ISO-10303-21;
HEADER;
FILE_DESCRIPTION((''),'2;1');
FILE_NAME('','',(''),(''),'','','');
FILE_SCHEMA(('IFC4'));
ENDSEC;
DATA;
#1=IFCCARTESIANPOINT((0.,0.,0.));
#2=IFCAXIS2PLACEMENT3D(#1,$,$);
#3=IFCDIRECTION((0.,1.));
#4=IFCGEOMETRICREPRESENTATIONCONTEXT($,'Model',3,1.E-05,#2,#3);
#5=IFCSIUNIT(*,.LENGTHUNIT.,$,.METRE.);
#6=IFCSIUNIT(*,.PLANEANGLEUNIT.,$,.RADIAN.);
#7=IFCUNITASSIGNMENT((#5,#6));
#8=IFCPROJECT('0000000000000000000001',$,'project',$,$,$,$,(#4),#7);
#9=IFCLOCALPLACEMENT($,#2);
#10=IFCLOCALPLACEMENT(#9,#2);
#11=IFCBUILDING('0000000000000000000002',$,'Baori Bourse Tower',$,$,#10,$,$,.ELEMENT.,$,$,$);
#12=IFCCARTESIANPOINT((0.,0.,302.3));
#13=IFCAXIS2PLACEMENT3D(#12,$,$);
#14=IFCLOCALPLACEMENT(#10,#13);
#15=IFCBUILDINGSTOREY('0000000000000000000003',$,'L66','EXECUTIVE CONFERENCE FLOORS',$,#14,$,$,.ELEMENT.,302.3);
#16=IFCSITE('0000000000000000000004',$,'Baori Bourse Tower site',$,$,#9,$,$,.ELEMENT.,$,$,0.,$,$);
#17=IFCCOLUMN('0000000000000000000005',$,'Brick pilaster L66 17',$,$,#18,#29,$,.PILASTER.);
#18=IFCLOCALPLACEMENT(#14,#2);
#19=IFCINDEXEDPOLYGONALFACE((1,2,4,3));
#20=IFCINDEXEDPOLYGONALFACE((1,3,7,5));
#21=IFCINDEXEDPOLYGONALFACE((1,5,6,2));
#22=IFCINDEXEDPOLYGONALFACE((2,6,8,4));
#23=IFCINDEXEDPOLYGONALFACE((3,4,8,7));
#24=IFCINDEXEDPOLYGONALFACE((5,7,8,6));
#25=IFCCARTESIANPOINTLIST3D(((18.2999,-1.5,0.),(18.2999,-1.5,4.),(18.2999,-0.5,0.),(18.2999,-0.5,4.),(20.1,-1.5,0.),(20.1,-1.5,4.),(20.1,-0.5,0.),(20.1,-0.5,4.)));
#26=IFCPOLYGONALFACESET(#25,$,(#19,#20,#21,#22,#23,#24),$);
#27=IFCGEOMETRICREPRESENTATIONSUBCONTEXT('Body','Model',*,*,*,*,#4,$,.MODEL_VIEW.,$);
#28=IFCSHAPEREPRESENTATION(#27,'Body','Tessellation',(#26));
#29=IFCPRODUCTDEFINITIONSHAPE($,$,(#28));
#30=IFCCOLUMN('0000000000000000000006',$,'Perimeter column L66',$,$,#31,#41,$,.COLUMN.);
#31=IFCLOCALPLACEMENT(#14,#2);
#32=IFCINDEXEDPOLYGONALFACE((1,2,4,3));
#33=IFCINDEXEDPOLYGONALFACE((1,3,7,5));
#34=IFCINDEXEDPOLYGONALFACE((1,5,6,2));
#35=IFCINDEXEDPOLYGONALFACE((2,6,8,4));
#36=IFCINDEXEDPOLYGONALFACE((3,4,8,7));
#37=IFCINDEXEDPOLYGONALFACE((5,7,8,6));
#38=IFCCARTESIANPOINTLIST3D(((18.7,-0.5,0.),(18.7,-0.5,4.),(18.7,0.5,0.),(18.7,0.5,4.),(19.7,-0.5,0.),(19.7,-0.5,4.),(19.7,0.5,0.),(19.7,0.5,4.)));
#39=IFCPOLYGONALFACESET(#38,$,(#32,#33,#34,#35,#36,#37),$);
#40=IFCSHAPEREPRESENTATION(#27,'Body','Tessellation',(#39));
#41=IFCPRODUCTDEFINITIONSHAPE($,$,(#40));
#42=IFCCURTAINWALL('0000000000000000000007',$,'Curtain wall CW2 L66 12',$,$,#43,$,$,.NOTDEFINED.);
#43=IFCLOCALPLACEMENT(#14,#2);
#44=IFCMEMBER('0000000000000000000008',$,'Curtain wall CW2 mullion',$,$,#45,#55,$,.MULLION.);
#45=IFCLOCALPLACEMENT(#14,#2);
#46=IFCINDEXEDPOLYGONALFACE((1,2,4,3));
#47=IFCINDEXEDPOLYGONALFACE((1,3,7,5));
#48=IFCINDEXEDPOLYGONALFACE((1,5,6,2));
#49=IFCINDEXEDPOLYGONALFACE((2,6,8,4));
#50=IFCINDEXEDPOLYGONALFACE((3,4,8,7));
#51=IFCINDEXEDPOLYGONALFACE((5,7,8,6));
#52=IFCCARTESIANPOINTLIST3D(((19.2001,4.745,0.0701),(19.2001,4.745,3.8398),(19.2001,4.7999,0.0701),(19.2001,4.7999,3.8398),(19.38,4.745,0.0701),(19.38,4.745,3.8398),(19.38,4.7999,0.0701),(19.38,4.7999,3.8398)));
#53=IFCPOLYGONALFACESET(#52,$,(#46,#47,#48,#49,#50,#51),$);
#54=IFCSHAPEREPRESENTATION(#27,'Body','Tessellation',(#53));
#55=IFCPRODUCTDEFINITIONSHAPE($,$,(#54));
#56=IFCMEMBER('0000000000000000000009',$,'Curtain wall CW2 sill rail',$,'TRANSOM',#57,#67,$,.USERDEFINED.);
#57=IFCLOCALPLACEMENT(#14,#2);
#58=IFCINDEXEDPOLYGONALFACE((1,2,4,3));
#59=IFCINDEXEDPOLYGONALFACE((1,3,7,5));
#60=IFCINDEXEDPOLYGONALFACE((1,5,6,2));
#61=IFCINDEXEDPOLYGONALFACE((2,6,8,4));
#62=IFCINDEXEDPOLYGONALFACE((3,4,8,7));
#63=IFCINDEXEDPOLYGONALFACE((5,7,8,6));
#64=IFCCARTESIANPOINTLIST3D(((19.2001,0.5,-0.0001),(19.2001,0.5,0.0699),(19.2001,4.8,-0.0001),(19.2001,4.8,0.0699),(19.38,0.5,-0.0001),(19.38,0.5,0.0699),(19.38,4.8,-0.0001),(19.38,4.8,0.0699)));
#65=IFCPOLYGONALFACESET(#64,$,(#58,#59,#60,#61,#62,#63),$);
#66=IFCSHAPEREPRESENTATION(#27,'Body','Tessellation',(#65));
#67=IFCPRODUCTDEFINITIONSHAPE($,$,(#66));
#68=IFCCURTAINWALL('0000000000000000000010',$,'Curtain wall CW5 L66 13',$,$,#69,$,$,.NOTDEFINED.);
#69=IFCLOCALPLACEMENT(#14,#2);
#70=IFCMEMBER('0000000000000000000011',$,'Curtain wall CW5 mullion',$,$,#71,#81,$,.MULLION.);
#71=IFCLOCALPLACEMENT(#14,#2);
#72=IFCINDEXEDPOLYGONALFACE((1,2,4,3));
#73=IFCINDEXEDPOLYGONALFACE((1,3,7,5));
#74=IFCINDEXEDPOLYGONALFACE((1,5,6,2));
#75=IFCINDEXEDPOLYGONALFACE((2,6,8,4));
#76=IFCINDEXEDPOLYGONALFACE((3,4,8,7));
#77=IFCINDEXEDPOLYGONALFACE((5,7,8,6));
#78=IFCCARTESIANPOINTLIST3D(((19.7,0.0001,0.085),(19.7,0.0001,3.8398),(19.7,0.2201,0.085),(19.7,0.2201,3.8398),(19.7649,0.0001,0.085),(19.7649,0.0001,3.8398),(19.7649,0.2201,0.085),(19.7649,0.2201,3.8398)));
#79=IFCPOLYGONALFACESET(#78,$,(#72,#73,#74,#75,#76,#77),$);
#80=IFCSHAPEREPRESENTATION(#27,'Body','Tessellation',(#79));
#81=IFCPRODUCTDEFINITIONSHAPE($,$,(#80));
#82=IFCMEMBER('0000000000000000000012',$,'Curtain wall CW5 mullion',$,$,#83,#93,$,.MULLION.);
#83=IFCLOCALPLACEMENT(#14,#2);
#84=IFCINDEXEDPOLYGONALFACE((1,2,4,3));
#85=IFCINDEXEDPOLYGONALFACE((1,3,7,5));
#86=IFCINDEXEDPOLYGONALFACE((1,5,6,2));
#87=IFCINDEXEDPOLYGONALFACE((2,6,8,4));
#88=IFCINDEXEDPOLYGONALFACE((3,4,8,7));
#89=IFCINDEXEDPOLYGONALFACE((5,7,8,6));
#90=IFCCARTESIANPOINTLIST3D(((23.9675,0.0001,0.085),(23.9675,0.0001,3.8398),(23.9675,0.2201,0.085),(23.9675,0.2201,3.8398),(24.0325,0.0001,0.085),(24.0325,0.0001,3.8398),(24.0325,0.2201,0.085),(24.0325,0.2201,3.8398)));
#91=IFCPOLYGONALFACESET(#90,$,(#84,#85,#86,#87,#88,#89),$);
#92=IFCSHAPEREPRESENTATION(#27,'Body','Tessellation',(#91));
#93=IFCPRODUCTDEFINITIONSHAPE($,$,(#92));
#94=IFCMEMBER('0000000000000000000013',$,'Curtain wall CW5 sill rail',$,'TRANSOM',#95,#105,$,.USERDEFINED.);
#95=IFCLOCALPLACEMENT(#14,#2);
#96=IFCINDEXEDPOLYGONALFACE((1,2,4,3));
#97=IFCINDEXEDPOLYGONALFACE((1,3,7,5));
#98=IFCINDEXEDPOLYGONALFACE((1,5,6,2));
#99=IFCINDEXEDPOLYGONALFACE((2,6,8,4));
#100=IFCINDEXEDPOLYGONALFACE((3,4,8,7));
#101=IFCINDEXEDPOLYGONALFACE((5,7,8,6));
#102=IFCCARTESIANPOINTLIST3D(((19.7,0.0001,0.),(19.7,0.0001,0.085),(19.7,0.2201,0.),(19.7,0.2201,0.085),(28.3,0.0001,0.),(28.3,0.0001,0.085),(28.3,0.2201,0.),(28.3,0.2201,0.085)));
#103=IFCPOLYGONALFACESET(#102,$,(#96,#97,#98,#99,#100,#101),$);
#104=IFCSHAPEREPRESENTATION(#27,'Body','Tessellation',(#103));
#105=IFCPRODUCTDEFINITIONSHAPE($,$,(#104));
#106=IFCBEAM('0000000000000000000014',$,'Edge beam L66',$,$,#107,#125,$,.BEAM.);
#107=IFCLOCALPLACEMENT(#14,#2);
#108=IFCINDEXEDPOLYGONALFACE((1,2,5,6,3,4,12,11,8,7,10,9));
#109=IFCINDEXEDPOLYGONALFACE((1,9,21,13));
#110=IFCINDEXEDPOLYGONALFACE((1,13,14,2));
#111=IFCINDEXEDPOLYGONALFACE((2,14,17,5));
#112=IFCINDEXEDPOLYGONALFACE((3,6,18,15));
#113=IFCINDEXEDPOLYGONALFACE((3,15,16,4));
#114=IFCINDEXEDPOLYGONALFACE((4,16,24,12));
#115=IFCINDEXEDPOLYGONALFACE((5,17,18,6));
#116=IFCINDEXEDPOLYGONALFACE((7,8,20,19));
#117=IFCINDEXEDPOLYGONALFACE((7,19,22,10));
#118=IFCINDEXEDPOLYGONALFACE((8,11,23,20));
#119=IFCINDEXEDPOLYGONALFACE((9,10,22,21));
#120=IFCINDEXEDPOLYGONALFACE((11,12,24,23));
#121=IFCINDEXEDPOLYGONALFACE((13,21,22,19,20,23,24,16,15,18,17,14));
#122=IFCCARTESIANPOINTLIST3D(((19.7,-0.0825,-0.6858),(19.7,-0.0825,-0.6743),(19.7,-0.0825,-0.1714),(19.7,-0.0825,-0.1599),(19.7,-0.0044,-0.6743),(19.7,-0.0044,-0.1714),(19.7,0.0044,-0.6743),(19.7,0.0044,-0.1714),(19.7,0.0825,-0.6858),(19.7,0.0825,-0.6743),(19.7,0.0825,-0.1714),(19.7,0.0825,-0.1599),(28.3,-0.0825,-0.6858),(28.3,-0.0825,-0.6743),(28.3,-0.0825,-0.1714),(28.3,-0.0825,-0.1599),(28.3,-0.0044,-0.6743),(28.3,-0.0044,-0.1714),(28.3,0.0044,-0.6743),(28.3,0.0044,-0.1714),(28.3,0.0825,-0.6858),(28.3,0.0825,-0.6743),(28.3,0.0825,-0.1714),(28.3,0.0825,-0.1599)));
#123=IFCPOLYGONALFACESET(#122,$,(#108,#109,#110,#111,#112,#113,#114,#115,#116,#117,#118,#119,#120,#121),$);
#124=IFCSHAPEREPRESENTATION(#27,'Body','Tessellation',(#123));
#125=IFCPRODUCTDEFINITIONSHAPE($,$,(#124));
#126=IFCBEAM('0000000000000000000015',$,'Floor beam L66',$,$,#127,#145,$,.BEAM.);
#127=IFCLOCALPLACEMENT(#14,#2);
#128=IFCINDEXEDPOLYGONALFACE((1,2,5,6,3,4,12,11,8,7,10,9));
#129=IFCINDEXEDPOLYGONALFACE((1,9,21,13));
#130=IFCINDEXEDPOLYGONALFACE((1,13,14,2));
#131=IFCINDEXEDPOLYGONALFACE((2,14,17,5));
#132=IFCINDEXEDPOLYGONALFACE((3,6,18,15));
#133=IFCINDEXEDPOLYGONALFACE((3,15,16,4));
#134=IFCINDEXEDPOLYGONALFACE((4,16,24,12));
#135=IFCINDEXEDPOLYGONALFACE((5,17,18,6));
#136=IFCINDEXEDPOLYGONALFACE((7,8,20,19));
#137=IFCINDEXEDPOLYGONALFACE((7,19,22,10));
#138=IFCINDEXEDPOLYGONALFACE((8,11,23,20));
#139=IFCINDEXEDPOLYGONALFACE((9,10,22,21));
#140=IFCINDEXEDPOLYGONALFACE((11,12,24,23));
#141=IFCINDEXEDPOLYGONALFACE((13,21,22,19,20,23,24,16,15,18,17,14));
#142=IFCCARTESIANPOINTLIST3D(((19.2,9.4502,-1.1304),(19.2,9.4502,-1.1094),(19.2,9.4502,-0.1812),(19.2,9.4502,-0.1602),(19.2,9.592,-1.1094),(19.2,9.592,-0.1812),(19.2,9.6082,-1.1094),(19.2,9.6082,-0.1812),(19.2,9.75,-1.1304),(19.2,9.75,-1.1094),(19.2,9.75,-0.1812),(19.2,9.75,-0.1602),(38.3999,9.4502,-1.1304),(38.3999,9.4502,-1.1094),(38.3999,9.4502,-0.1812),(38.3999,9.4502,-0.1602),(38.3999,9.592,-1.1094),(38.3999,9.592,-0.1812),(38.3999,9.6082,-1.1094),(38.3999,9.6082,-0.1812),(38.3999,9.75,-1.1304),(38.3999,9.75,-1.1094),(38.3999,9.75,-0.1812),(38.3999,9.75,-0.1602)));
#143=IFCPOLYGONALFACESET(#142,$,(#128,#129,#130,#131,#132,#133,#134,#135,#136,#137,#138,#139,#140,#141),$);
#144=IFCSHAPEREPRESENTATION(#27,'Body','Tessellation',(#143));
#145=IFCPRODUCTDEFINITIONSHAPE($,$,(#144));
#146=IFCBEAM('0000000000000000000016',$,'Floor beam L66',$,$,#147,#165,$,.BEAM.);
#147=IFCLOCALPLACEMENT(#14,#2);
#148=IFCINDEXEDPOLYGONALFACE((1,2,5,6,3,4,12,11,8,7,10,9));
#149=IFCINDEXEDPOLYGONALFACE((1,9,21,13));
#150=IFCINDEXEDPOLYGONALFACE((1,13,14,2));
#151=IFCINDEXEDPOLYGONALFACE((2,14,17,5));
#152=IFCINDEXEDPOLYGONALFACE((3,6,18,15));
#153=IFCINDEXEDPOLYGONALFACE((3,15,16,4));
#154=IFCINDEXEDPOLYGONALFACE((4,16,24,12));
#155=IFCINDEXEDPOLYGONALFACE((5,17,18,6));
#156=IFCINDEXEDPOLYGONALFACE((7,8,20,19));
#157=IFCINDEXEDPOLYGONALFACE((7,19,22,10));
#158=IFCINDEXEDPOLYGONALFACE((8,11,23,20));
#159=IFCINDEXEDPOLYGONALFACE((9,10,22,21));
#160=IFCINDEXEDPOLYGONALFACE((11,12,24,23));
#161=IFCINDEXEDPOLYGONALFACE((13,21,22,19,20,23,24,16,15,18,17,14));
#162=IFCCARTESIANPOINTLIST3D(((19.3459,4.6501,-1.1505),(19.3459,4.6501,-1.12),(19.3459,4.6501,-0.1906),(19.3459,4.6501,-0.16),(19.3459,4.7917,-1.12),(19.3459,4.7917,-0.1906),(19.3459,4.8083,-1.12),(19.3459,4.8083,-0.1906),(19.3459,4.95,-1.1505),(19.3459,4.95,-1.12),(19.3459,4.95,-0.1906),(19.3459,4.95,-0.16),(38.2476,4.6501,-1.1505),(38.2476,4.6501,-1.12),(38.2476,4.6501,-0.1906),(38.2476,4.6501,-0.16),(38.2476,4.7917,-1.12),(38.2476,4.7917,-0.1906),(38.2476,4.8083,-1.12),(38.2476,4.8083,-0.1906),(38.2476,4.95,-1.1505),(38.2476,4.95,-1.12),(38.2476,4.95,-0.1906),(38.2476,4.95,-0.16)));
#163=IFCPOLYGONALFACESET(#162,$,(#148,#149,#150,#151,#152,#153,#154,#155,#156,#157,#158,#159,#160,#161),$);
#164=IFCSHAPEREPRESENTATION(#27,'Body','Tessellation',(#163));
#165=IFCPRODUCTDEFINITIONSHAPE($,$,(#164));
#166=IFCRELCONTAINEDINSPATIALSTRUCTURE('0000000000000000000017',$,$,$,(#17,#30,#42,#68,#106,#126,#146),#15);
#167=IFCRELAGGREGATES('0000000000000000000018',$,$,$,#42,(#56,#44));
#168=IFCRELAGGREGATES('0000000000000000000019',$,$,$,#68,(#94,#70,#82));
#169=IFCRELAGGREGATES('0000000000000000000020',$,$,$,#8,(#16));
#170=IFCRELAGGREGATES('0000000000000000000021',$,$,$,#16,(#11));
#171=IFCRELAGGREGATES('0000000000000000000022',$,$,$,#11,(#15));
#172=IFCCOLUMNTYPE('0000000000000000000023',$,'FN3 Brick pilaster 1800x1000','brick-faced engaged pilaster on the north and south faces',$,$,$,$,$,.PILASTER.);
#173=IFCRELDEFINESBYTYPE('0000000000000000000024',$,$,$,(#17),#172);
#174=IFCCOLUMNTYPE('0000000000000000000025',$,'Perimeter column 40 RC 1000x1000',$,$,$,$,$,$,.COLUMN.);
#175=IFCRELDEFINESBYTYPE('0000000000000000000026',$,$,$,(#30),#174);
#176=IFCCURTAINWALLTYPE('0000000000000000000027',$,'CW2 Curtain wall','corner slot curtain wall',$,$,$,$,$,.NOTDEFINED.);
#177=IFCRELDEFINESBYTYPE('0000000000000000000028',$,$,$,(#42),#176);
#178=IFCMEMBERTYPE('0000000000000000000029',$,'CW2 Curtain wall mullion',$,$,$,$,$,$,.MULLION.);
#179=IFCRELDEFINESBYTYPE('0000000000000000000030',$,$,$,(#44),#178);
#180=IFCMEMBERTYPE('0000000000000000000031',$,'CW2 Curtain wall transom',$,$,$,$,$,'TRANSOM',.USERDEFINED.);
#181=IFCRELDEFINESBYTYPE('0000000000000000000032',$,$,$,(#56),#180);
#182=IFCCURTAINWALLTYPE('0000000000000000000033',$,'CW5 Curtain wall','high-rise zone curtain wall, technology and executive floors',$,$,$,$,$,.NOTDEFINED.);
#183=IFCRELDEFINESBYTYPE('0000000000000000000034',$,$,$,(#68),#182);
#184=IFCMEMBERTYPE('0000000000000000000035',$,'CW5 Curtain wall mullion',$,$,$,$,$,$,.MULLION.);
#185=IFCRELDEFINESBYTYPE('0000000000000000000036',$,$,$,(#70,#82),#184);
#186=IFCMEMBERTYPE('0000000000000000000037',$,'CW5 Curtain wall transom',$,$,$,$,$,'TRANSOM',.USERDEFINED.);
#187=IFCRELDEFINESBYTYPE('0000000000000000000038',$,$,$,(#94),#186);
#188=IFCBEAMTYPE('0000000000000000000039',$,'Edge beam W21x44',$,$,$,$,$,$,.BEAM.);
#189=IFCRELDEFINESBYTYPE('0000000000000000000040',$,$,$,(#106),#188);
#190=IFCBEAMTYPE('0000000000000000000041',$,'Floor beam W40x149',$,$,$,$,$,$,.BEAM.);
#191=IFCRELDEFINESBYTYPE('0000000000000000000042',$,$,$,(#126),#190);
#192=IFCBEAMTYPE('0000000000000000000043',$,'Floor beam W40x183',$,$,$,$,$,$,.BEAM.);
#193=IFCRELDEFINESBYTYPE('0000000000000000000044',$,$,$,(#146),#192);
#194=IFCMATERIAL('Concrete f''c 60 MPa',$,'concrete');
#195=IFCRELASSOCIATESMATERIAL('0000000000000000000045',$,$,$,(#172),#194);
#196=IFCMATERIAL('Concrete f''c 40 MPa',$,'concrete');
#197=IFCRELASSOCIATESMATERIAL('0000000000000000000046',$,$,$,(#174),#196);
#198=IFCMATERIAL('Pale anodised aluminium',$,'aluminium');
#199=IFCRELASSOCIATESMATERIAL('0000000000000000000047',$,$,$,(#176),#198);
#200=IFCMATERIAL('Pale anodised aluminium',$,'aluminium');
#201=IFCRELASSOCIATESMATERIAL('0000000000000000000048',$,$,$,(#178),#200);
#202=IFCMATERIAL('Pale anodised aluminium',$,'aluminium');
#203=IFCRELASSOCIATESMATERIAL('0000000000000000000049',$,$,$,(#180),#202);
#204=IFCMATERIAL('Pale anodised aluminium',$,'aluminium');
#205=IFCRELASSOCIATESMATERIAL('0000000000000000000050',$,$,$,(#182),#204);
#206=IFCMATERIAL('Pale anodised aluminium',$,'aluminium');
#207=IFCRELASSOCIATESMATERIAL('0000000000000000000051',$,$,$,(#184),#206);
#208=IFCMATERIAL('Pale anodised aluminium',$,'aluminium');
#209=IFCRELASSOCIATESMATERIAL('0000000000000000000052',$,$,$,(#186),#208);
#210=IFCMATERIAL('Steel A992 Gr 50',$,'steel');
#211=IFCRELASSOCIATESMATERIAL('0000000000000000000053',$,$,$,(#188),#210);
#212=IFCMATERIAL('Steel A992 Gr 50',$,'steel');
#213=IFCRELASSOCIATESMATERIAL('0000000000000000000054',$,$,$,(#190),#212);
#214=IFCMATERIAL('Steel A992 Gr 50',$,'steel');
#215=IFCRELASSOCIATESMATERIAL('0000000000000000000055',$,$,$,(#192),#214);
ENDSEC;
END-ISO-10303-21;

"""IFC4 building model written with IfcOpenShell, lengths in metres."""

from ifc_helpers import new_model, si_unit, direction, frame, origin, origin_2d, place, context, subcontext, project, spatial, rectangle, i_section, extrude, material, material_profile, profile_set, type_object, element, aggregate, save


model = new_model("IFC4")

# Units and contexts
model_context = context("Model", 3, precision=1e-05, world=origin(), true_north=direction((0.0, 1.0)))
body_context = subcontext(model_context, "Body", "Model", "MODEL_VIEW")
ifc_project = project(units=[si_unit("LENGTHUNIT", "METRE"), si_unit("PLANEANGLEUNIT", "RADIAN")], contexts=[model_context])

# Site, building, storey
site_placement = place(None, origin())
site = spatial("IfcSite", under=ifc_project, at=site_placement, Name="Baori Bourse Tower site", CompositionType="ELEMENT", RefElevation=0.0)
building_placement = place(site_placement, origin())
building = spatial("IfcBuilding", under=site, at=building_placement, Name="Baori Bourse Tower", CompositionType="ELEMENT")
storey_placement = place(building_placement, frame((0.0, 0.0, 302.3)))
storey = spatial("IfcBuildingStorey", under=building, at=storey_placement, Name="L66", Description="EXECUTIVE CONFERENCE FLOORS", CompositionType="ELEMENT", Elevation=302.3)

# Columns
ifc_material_1 = material(Name="Concrete f'c 60 MPa", Category="concrete")
ifc_material_profile_1 = material_profile(ifc_material_1, rectangle(XDim=1.8, YDim=1.0, at=origin_2d()), Name="RC 1800x1000")
ifc_profile_set_1 = profile_set([ifc_material_profile_1], Name="Concrete f'c 60 MPa")
column_type_1 = type_object("IfcColumnType", Name="FN3 Brick pilaster 1800x1000", Description="brick-faced engaged pilaster on the north and south faces", PredefinedType="PILASTER", material=ifc_profile_set_1)
column_1_placement = place(storey_placement, frame((19.2, -1.0, 0.0), z_axis=(0.0, 0.0, 1.0), x_axis=(1.0, 0.0, 0.0)))
element("IfcColumn", 1, at=column_1_placement, inside=storey, type_object=column_type_1, Name="Brick pilaster L66 17", PredefinedType="PILASTER", context=body_context, shape_type="SweptSolid", body=[
    extrude(rectangle(XDim=1.8, YDim=1.0, at=origin_2d()), origin(), (0.0, 0.0, 1.0), 4.0),
])
ifc_material_2 = material(Name="Concrete f'c 40 MPa", Category="concrete")
ifc_material_profile_2 = material_profile(ifc_material_2, rectangle(XDim=1.0, YDim=1.0, at=origin_2d()), Name="RC 1000x1000")
ifc_profile_set_2 = profile_set([ifc_material_profile_2], Name="Concrete f'c 40 MPa")
column_type_2 = type_object("IfcColumnType", Name="Perimeter column 40 RC 1000x1000", PredefinedType="COLUMN", material=ifc_profile_set_2)
column_2_placement = place(storey_placement, frame((19.2, 0.0, 0.0), z_axis=(0.0, 0.0, 1.0), x_axis=(1.0, 0.0, 0.0)))
element("IfcColumn", 2, at=column_2_placement, inside=storey, type_object=column_type_2, Name="Perimeter column L66", PredefinedType="COLUMN", context=body_context, shape_type="SweptSolid", body=[
    extrude(rectangle(XDim=1.0, YDim=1.0, at=origin_2d()), origin(), (0.0, 0.0, 1.0), 4.0),
])

# Curtain walls, members
ifc_material_3 = material(Name="Pale anodised aluminium", Category="aluminium")
curtain_wall_type_1 = type_object("IfcCurtainWallType", Name="CW2 Curtain wall", Description="corner slot curtain wall", PredefinedType="NOTDEFINED", material=ifc_material_3)
curtain_wall_1_placement = place(storey_placement, origin())
curtain_wall_1 = element("IfcCurtainWall", 3, at=curtain_wall_1_placement, inside=storey, type_object=curtain_wall_type_1, Name="Curtain wall CW2 L66 12", PredefinedType="NOTDEFINED")
ifc_material_4 = material(Name="Pale anodised aluminium", Category="aluminium")
ifc_material_profile_3 = material_profile(ifc_material_4, rectangle(XDim=0.1799, YDim=0.0549, at=origin_2d()), Name="Mullion 55x180")
ifc_profile_set_3 = profile_set([ifc_material_profile_3], Name="Pale anodised aluminium")
member_type_1 = type_object("IfcMemberType", Name="CW2 Curtain wall mullion", PredefinedType="MULLION", material=ifc_profile_set_3)
member_1_placement = place(storey_placement, frame((19.29, 4.7725, 0.0701), z_axis=(0.0, 0.0, 1.0), x_axis=(1.0, 0.0, 0.0)))
member_1 = element("IfcMember", 4, at=member_1_placement, type_object=member_type_1, Name="Curtain wall CW2 mullion", PredefinedType="MULLION", context=body_context, shape_type="SweptSolid", body=[
    extrude(rectangle(XDim=0.1799, YDim=0.0549, at=origin_2d()), origin(), (0.0, 0.0, 1.0), 3.7698),
])
ifc_material_5 = material(Name="Pale anodised aluminium", Category="aluminium")
ifc_material_profile_4 = material_profile(ifc_material_5, rectangle(XDim=0.1799, YDim=0.0701, at=origin_2d()), Name="Transom 70x180")
ifc_profile_set_4 = profile_set([ifc_material_profile_4], Name="Pale anodised aluminium")
member_type_2 = type_object("IfcMemberType", Name="CW2 Curtain wall transom", ElementType="TRANSOM", PredefinedType="USERDEFINED", material=ifc_profile_set_4)
member_2_placement = place(storey_placement, frame((19.29, 4.8, 0.0349), z_axis=(0.0, -1.0, 0.0), x_axis=(1.0, 0.0, 0.0)))
member_2 = element("IfcMember", 5, at=member_2_placement, type_object=member_type_2, Name="Curtain wall CW2 sill rail", ObjectType="TRANSOM", PredefinedType="USERDEFINED", context=body_context, shape_type="SweptSolid", body=[
    extrude(rectangle(XDim=0.1799, YDim=0.0701, at=origin_2d()), origin(), (0.0, 0.0, 1.0), 4.3),
])
ifc_material_6 = material(Name="Pale anodised aluminium", Category="aluminium")
curtain_wall_type_2 = type_object("IfcCurtainWallType", Name="CW5 Curtain wall", Description="high-rise zone curtain wall, technology and executive floors", PredefinedType="NOTDEFINED", material=ifc_material_6)
curtain_wall_2_placement = place(storey_placement, origin())
curtain_wall_2 = element("IfcCurtainWall", 6, at=curtain_wall_2_placement, inside=storey, type_object=curtain_wall_type_2, Name="Curtain wall CW5 L66 13", PredefinedType="NOTDEFINED")
ifc_material_7 = material(Name="Pale anodised aluminium", Category="aluminium")
ifc_material_profile_5 = material_profile(ifc_material_7, rectangle(XDim=0.22, YDim=0.0649, at=origin_2d()), Name="Mullion 65x220")
ifc_profile_set_5 = profile_set([ifc_material_profile_5], Name="Pale anodised aluminium")
member_type_3 = type_object("IfcMemberType", Name="CW5 Curtain wall mullion", PredefinedType="MULLION", material=ifc_profile_set_5)
member_3_placement = place(storey_placement, frame((19.7324, 0.1101, 0.085), z_axis=(0.0, 0.0, 1.0), x_axis=(0.0, 1.0, 0.0)))
member_3 = element("IfcMember", 7, at=member_3_placement, type_object=member_type_3, Name="Curtain wall CW5 mullion", PredefinedType="MULLION", context=body_context, shape_type="SweptSolid", body=[
    extrude(rectangle(XDim=0.22, YDim=0.0649, at=origin_2d()), origin(), (0.0, 0.0, 1.0), 3.7549),
])
member_4_placement = place(storey_placement, frame((24.0, 0.1101, 0.085), z_axis=(0.0, 0.0, 1.0), x_axis=(0.0, 1.0, 0.0)))
member_4 = element("IfcMember", 8, at=member_4_placement, type_object=member_type_3, Name="Curtain wall CW5 mullion", PredefinedType="MULLION", context=body_context, shape_type="SweptSolid", body=[
    extrude(rectangle(XDim=0.22, YDim=0.0649, at=origin_2d()), origin(), (0.0, 0.0, 1.0), 3.7549),
])
ifc_material_8 = material(Name="Pale anodised aluminium", Category="aluminium")
ifc_material_profile_6 = material_profile(ifc_material_8, rectangle(XDim=0.22, YDim=0.085, at=origin_2d()), Name="Transom 85x220")
ifc_profile_set_6 = profile_set([ifc_material_profile_6], Name="Pale anodised aluminium")
member_type_4 = type_object("IfcMemberType", Name="CW5 Curtain wall transom", ElementType="TRANSOM", PredefinedType="USERDEFINED", material=ifc_profile_set_6)
member_5_placement = place(storey_placement, frame((19.7, 0.1101, 0.0425), z_axis=(1.0, 0.0, 0.0), x_axis=(0.0, 1.0, 0.0)))
member_5 = element("IfcMember", 9, at=member_5_placement, type_object=member_type_4, Name="Curtain wall CW5 sill rail", ObjectType="TRANSOM", PredefinedType="USERDEFINED", context=body_context, shape_type="SweptSolid", body=[
    extrude(rectangle(XDim=0.22, YDim=0.085, at=origin_2d()), origin(), (0.0, 0.0, 1.0), 8.6001),
])

# Beams
ifc_material_9 = material(Name="Steel A992 Gr 50", Category="steel")
ifc_material_profile_7 = material_profile(ifc_material_9, i_section(OverallWidth=0.165, OverallDepth=0.5259, WebThickness=0.0088, FlangeThickness=0.0115, at=origin_2d()), Name="W21x44")
ifc_profile_set_7 = profile_set([ifc_material_profile_7], Name="Steel A992 Gr 50")
beam_type_1 = type_object("IfcBeamType", Name="Edge beam W21x44", PredefinedType="BEAM", material=ifc_profile_set_7)
beam_1_placement = place(storey_placement, frame((19.7, 0.0, -0.4229), z_axis=(1.0, 0.0, 0.0), x_axis=(0.0, 1.0, 0.0)))
element("IfcBeam", 10, at=beam_1_placement, inside=storey, type_object=beam_type_1, Name="Edge beam L66", PredefinedType="BEAM", context=body_context, shape_type="SweptSolid", body=[
    extrude(i_section(OverallWidth=0.165, OverallDepth=0.5259, WebThickness=0.0088, FlangeThickness=0.0115, at=origin_2d()), origin(), (0.0, 0.0, 1.0), 8.6001),
])
ifc_material_10 = material(Name="Steel A992 Gr 50", Category="steel")
ifc_material_profile_8 = material_profile(ifc_material_10, i_section(OverallWidth=0.2998, OverallDepth=0.9702, WebThickness=0.0161, FlangeThickness=0.021, at=origin_2d()), Name="W40x149")
ifc_profile_set_8 = profile_set([ifc_material_profile_8], Name="Steel A992 Gr 50")
beam_type_2 = type_object("IfcBeamType", Name="Floor beam W40x149", PredefinedType="BEAM", material=ifc_profile_set_8)
beam_2_placement = place(storey_placement, frame((19.2, 9.6001, -0.6453), z_axis=(1.0, 0.0, 0.0), x_axis=(0.0, 1.0, 0.0)))
element("IfcBeam", 11, at=beam_2_placement, inside=storey, type_object=beam_type_2, Name="Floor beam L66", PredefinedType="BEAM", context=body_context, shape_type="SweptSolid", body=[
    extrude(i_section(OverallWidth=0.2998, OverallDepth=0.9702, WebThickness=0.0161, FlangeThickness=0.021, at=origin_2d()), origin(), (0.0, 0.0, 1.0), 19.2),
])
ifc_material_11 = material(Name="Steel A992 Gr 50", Category="steel")
ifc_material_profile_9 = material_profile(ifc_material_11, i_section(OverallWidth=0.2998, OverallDepth=0.9905, WebThickness=0.0166, FlangeThickness=0.0305, at=origin_2d()), Name="W40x183")
ifc_profile_set_9 = profile_set([ifc_material_profile_9], Name="Steel A992 Gr 50")
beam_type_3 = type_object("IfcBeamType", Name="Floor beam W40x183", PredefinedType="BEAM", material=ifc_profile_set_9)
beam_3_placement = place(storey_placement, frame((19.3459, 4.8, -0.6553), z_axis=(1.0, 0.0, 0.0), x_axis=(0.0, 1.0, 0.0)))
element("IfcBeam", 12, at=beam_3_placement, inside=storey, type_object=beam_type_3, Name="Floor beam L66", PredefinedType="BEAM", context=body_context, shape_type="SweptSolid", body=[
    extrude(i_section(OverallWidth=0.2998, OverallDepth=0.9905, WebThickness=0.0166, FlangeThickness=0.0305, at=origin_2d()), origin(), (0.0, 0.0, 1.0), 18.9016),
])

aggregate(curtain_wall_1, [member_2, member_1])
aggregate(curtain_wall_2, [member_5, member_3, member_4])

save(model, "model.ifc")
